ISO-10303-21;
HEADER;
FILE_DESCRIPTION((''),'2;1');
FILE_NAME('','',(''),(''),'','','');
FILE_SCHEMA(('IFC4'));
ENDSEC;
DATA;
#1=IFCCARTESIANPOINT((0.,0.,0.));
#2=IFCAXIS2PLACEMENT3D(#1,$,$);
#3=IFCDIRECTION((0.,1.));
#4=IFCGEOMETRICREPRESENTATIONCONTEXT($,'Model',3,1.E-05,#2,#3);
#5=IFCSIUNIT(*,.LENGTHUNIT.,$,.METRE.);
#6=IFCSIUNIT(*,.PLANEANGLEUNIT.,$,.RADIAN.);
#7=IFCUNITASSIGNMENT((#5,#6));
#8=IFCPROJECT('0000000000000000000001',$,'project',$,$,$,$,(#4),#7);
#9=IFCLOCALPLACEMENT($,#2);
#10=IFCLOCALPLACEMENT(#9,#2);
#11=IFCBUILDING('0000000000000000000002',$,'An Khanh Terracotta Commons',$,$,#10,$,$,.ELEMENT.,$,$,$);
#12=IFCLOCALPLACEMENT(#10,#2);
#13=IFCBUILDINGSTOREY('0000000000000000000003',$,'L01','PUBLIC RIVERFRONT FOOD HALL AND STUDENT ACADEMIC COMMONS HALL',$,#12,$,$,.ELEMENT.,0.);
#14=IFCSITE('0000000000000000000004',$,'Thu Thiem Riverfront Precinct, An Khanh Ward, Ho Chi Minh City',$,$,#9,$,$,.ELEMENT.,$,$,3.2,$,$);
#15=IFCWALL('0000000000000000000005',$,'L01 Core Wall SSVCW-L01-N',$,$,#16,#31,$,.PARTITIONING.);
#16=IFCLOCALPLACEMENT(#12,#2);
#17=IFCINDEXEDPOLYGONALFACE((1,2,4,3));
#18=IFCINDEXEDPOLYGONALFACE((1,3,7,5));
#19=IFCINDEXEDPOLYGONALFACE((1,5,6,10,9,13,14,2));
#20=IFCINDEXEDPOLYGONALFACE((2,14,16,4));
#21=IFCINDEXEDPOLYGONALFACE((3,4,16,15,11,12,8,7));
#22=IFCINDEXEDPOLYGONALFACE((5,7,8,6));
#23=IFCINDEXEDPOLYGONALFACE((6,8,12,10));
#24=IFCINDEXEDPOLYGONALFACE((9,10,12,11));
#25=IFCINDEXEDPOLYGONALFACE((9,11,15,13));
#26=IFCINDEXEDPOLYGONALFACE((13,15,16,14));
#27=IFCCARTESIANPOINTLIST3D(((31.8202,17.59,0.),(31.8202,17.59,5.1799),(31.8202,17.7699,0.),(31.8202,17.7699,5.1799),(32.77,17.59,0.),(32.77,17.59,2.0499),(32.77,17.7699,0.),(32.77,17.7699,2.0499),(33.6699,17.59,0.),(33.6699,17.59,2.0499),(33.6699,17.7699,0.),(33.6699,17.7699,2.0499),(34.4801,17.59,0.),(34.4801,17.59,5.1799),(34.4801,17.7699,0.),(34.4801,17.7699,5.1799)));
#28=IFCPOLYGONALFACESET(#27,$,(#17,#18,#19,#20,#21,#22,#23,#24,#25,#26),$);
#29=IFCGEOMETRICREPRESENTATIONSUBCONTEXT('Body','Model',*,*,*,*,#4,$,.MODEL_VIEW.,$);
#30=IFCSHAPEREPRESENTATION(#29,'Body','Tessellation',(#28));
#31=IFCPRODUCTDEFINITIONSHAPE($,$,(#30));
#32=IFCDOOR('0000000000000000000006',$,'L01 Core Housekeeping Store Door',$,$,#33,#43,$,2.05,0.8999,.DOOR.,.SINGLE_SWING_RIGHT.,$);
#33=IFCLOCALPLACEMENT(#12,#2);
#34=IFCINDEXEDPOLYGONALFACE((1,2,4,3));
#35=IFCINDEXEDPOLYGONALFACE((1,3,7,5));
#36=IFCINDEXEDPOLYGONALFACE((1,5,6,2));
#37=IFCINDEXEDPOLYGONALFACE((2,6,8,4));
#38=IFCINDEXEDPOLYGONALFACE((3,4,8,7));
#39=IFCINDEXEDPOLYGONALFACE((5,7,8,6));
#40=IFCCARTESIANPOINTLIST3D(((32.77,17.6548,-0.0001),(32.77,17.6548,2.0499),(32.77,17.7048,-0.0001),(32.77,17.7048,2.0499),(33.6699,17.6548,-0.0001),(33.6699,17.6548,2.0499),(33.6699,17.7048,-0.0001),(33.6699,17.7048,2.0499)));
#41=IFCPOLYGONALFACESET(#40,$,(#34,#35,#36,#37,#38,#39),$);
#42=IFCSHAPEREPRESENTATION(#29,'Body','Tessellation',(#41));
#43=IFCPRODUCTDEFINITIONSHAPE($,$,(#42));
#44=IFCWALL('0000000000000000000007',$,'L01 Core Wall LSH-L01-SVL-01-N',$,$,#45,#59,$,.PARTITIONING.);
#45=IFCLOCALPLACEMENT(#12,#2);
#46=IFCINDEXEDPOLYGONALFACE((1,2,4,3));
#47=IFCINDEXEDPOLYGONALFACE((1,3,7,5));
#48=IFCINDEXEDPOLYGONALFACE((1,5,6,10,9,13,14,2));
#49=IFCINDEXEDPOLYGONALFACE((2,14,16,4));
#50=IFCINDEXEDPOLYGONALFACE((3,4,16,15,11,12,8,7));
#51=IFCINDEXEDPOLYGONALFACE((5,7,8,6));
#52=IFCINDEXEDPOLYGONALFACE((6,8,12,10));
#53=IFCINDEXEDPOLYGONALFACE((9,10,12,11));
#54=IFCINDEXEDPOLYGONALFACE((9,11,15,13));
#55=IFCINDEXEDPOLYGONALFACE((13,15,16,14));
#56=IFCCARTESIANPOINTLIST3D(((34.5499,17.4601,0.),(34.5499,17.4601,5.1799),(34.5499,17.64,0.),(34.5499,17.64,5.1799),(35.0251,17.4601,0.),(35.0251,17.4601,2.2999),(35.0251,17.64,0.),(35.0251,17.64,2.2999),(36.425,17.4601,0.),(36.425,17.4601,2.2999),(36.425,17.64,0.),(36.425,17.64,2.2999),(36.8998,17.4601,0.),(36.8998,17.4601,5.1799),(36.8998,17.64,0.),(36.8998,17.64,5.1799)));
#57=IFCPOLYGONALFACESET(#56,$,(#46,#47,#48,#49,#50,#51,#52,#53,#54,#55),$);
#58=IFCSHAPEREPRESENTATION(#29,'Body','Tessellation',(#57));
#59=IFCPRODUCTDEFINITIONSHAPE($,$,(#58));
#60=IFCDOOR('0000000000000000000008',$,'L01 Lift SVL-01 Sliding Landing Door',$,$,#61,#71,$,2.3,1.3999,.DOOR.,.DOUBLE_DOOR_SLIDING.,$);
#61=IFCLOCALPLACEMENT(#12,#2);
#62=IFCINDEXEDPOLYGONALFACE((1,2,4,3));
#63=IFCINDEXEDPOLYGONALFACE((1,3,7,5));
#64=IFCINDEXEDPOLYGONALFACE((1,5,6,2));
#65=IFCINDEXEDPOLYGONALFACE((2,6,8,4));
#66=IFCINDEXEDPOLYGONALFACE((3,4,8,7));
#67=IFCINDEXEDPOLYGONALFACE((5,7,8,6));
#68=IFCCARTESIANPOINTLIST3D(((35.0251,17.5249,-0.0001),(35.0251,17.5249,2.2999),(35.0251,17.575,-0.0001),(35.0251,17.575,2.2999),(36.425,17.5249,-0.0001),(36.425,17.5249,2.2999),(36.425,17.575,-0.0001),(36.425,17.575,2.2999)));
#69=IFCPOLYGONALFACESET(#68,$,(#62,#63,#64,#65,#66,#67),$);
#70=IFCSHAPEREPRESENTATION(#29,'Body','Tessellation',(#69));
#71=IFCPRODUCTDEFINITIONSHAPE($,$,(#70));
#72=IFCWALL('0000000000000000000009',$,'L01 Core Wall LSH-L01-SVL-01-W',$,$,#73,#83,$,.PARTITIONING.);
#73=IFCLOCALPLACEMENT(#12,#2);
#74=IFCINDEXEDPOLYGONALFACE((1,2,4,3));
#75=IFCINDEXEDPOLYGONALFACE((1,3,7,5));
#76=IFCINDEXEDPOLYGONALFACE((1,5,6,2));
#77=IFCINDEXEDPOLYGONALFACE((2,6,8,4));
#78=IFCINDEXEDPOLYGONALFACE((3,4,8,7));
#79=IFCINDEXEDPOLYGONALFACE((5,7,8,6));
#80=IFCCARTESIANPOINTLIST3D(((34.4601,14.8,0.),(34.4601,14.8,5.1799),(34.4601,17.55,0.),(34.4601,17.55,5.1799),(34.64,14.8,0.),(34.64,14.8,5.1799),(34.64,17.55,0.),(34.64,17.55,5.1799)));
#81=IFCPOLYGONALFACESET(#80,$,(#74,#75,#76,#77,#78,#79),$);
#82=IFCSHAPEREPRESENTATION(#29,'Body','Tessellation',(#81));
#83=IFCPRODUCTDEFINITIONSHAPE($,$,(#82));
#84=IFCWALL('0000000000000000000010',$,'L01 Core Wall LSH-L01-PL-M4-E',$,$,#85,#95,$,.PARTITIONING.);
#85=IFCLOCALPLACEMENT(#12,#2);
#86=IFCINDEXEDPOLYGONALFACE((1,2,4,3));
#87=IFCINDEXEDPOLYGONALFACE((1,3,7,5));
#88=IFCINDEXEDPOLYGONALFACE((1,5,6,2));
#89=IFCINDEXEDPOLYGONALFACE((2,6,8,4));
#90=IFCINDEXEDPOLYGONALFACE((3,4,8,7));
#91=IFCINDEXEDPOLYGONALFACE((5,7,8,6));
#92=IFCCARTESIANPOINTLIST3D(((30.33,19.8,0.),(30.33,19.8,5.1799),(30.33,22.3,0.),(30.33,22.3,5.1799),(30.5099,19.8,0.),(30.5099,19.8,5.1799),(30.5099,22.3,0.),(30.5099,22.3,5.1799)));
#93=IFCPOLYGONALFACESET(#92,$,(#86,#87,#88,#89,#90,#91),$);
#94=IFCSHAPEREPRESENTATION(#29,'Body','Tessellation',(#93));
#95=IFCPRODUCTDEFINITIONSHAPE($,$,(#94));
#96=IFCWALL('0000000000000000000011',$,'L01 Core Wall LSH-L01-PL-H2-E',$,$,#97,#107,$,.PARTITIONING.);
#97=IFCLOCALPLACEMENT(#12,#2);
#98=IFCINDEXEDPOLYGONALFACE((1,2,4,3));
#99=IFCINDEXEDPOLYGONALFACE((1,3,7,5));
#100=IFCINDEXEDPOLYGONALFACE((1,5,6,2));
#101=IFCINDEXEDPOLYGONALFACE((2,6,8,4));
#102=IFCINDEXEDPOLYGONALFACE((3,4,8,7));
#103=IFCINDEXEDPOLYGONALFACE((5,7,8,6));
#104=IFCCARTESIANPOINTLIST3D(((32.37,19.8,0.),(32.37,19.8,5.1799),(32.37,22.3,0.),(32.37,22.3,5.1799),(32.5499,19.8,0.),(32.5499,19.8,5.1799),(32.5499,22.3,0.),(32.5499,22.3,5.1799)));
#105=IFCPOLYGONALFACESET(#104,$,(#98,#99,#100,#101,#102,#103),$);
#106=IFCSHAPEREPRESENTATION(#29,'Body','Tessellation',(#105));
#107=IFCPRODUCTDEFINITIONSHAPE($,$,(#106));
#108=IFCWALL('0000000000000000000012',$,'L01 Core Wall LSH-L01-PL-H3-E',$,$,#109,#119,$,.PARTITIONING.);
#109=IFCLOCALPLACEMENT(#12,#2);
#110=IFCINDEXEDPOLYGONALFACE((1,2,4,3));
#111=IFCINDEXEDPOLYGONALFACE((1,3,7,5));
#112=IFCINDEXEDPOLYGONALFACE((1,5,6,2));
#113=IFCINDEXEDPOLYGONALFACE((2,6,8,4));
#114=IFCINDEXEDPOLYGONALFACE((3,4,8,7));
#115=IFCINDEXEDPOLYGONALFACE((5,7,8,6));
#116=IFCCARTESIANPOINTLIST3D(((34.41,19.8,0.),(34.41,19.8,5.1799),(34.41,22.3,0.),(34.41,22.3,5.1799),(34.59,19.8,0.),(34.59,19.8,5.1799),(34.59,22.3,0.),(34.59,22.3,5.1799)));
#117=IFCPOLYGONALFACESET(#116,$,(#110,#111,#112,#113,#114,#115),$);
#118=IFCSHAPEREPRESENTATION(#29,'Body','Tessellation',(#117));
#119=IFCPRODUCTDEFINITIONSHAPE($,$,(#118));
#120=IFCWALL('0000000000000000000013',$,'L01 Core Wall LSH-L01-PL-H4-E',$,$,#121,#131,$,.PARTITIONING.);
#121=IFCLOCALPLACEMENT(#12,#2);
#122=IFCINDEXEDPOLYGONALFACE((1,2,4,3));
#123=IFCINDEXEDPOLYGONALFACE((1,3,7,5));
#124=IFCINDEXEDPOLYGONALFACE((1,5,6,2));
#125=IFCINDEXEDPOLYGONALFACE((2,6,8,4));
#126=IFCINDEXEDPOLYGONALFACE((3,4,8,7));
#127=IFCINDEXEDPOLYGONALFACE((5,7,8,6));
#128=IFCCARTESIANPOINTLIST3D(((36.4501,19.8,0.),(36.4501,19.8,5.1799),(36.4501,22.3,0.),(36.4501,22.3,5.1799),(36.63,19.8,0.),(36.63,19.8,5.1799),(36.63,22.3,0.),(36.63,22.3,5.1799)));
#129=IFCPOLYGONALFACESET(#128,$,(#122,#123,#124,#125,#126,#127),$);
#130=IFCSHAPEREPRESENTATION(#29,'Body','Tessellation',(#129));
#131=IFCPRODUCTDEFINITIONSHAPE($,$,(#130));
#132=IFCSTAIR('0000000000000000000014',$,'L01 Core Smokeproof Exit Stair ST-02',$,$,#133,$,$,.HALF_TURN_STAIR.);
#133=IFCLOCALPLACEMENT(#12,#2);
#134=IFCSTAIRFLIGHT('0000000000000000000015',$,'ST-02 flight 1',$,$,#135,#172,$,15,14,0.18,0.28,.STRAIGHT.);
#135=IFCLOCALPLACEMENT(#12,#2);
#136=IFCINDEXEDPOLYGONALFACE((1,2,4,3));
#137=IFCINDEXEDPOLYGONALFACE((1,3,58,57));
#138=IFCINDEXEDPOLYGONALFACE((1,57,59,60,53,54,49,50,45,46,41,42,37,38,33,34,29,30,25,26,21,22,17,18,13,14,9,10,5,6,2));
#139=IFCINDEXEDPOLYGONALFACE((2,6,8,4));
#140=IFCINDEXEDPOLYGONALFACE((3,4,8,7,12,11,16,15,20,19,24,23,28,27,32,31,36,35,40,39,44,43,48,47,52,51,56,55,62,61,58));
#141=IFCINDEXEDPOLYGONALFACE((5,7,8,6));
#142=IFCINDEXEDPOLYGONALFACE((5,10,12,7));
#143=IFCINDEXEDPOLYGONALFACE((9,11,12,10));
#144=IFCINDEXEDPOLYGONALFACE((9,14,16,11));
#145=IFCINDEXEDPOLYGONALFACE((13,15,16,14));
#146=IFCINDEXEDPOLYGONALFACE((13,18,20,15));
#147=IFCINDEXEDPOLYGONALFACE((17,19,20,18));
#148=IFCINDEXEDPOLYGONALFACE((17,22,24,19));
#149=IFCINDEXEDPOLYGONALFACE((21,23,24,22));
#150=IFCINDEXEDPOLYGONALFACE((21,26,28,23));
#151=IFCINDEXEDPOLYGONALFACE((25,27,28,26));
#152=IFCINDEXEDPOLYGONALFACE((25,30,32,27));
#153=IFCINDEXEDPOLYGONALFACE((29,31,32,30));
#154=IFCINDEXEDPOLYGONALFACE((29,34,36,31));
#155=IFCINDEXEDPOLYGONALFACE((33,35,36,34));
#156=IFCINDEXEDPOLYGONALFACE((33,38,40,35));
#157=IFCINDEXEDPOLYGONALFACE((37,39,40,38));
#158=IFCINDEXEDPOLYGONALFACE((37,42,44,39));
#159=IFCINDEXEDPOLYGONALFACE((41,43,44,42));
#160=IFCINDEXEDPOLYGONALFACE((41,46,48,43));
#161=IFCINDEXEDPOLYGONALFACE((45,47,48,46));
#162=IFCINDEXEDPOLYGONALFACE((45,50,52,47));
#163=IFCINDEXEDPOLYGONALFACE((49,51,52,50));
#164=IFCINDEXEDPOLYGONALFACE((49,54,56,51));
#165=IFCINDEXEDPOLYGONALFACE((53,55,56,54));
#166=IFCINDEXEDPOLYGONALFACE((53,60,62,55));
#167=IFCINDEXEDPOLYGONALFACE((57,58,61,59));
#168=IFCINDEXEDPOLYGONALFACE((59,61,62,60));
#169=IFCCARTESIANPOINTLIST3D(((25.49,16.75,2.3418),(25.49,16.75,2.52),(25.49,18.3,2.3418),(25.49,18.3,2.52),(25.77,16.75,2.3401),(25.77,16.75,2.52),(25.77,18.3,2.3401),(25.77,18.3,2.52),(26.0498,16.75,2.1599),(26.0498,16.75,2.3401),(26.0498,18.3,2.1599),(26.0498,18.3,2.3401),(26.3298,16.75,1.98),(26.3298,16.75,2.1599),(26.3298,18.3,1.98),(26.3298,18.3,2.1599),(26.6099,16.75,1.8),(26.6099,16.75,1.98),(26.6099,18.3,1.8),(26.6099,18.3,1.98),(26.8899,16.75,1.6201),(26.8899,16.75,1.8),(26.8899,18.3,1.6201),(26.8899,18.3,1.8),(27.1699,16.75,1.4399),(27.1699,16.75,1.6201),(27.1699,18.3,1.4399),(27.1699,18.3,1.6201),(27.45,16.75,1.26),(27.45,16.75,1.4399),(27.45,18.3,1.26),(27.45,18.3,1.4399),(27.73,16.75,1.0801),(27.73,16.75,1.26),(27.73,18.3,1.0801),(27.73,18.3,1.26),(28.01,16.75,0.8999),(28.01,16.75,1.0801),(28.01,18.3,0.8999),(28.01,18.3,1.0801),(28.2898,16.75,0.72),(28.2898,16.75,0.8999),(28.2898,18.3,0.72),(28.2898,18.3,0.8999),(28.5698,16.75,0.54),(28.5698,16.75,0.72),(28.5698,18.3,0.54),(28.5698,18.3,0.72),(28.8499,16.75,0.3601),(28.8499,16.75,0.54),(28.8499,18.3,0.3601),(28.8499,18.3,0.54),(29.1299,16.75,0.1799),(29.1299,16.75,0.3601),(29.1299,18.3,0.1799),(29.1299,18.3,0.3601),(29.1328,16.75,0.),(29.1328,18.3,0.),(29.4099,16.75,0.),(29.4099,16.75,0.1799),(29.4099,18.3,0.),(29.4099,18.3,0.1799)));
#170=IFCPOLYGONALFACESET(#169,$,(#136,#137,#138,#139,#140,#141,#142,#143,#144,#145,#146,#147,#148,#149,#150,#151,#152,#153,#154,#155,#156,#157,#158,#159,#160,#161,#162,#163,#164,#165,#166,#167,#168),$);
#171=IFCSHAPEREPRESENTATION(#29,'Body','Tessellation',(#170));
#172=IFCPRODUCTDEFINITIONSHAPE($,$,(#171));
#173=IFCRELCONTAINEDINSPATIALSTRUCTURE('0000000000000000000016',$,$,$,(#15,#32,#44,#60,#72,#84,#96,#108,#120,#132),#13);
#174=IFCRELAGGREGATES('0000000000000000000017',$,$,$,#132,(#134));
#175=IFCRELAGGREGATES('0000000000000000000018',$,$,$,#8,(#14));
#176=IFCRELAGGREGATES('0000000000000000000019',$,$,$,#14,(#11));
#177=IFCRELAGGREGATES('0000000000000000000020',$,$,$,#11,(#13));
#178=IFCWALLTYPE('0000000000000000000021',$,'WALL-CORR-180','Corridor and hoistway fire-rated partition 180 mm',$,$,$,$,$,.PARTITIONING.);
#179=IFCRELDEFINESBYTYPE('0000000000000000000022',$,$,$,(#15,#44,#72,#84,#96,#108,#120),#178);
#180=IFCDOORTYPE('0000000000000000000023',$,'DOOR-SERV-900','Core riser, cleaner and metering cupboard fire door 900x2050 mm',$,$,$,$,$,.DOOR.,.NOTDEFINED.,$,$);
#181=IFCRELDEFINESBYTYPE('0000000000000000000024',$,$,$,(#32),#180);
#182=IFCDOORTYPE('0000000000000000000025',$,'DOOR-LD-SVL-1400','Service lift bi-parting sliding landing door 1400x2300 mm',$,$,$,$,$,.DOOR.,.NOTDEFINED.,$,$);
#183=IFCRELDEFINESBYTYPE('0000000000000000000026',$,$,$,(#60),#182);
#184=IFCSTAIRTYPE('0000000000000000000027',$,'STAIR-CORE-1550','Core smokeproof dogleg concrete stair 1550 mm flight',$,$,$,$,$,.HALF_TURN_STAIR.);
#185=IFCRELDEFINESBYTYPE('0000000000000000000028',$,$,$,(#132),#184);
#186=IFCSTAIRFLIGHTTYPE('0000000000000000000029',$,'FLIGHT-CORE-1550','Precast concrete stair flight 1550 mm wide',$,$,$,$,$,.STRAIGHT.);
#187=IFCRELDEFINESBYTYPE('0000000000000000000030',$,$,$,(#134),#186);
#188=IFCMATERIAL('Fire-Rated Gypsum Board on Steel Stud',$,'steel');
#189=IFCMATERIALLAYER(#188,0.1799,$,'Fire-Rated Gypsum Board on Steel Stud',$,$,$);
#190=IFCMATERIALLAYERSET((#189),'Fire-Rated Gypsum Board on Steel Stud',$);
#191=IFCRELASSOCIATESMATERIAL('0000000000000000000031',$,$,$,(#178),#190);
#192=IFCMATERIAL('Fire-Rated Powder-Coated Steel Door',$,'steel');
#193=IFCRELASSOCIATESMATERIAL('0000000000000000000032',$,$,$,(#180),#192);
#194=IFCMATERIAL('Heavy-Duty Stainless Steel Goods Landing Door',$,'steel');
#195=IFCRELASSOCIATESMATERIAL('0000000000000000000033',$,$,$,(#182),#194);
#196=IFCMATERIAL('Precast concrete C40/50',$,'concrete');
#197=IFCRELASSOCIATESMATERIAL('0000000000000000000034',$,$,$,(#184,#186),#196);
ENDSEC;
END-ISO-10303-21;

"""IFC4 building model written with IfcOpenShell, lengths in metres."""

from ifc_helpers import new_model, si_unit, direction, frame, frame_2d, origin, place, context, subcontext, project, spatial, polyline, rectangle, outline, extrude, material, layer, layer_set, type_object, element, fill, aggregate, save


model = new_model("IFC4")

# Units and contexts
model_context = context("Model", 3, precision=1e-05, world=origin(), true_north=direction((0.0, 1.0)))
body_context = subcontext(model_context, "Body", "Model", "MODEL_VIEW")
ifc_project = project(units=[si_unit("LENGTHUNIT", "METRE"), si_unit("PLANEANGLEUNIT", "RADIAN")], contexts=[model_context])

# Site, building, storey
site_placement = place(None, origin())
site = spatial("IfcSite", under=ifc_project, at=site_placement, Name="Thu Thiem Riverfront Precinct, An Khanh Ward, Ho Chi Minh City", CompositionType="ELEMENT", RefElevation=3.2)
building_placement = place(site_placement, origin())
building = spatial("IfcBuilding", under=site, at=building_placement, Name="An Khanh Terracotta Commons", CompositionType="ELEMENT")
storey_placement = place(building_placement, origin())
storey = spatial("IfcBuildingStorey", under=building, at=storey_placement, Name="L01", Description="PUBLIC RIVERFRONT FOOD HALL AND STUDENT ACADEMIC COMMONS HALL", CompositionType="ELEMENT", Elevation=0.0)

# Walls, openings, doors
ifc_material_1 = material(Name="Fire-Rated Gypsum Board on Steel Stud", Category="steel")
ifc_layer = layer(ifc_material_1, 0.1799, Name="Fire-Rated Gypsum Board on Steel Stud")
ifc_layer_set = layer_set([ifc_layer], Name="Fire-Rated Gypsum Board on Steel Stud")
wall_type = type_object("IfcWallType", Name="WALL-CORR-180", Description="Corridor and hoistway fire-rated partition 180 mm", PredefinedType="PARTITIONING", material=ifc_layer_set)
wall_1_placement = place(storey_placement, frame((31.8201, 17.6799, 0.0), z_axis=(0.0, 0.0, 1.0), x_axis=(1.0, 0.0, 0.0)))
wall_1 = element("IfcWall", 1, at=wall_1_placement, inside=storey, type_object=wall_type, Name="L01 Core Wall SSVCW-L01-N", PredefinedType="PARTITIONING", context=body_context, shape_type="SweptSolid", body=[
    extrude(rectangle(XDim=2.6599, YDim=0.1799, at=frame_2d((1.3301, 0.0))), origin(), (0.0, 0.0, 1.0), 5.1799),
])
opening_1_placement = place(wall_1_placement, frame((0.95, 0.0, 0.0)))
opening_1 = element("IfcOpeningElement", 2, at=opening_1_placement, cuts=wall_1, PredefinedType="OPENING", context=body_context, shape_type="SweptSolid", body=[
    extrude(rectangle(XDim=0.8999, YDim=2.05, at=frame_2d((0.45, 1.0249))), frame((0.0, 0.0999, 0.0), z_axis=(0.0, -1.0, 0.0), x_axis=(1.0, 0.0, 0.0)), (0.0, 0.0, 1.0), 0.2),
])
ifc_material_2 = material(Name="Fire-Rated Powder-Coated Steel Door", Category="steel")
door_type_1 = type_object("IfcDoorType", Name="DOOR-SERV-900", Description="Core riser, cleaner and metering cupboard fire door 900x2050 mm", OperationType="NOTDEFINED", PredefinedType="DOOR", material=ifc_material_2)
door_1_placement = place(opening_1_placement, origin())
door_1 = element("IfcDoor", 3, at=door_1_placement, inside=storey, type_object=door_type_1, Name="L01 Core Housekeeping Store Door", OperationType="SINGLE_SWING_RIGHT", OverallHeight=2.05, OverallWidth=0.8999, PredefinedType="DOOR", context=body_context, shape_type="SweptSolid", body=[
    extrude(rectangle(XDim=0.8999, YDim=2.05, at=frame_2d((0.45, 1.0249))), frame((0.0, 0.0249, 0.0), z_axis=(0.0, -1.0, 0.0), x_axis=(1.0, 0.0, 0.0)), (0.0, 0.0, 1.0), 0.05),
])
fill(opening_1, door_1)
wall_2_placement = place(storey_placement, frame((34.55, 17.55, 0.0), z_axis=(0.0, 0.0, 1.0), x_axis=(1.0, 0.0, 0.0)))
wall_2 = element("IfcWall", 4, at=wall_2_placement, inside=storey, type_object=wall_type, Name="L01 Core Wall LSH-L01-SVL-01-N", PredefinedType="PARTITIONING", context=body_context, shape_type="SweptSolid", body=[
    extrude(rectangle(XDim=2.3499, YDim=0.1799, at=frame_2d((1.1748, 0.0))), origin(), (0.0, 0.0, 1.0), 5.1799),
])
opening_2_placement = place(wall_2_placement, frame((0.4751, 0.0, 0.0)))
opening_2 = element("IfcOpeningElement", 5, at=opening_2_placement, cuts=wall_2, PredefinedType="OPENING", context=body_context, shape_type="SweptSolid", body=[
    extrude(rectangle(XDim=1.3999, YDim=2.3, at=frame_2d((0.7, 1.1499))), frame((0.0, 0.0999, 0.0), z_axis=(0.0, -1.0, 0.0), x_axis=(1.0, 0.0, 0.0)), (0.0, 0.0, 1.0), 0.2),
])
ifc_material_3 = material(Name="Heavy-Duty Stainless Steel Goods Landing Door", Category="steel")
door_type_2 = type_object("IfcDoorType", Name="DOOR-LD-SVL-1400", Description="Service lift bi-parting sliding landing door 1400x2300 mm", OperationType="NOTDEFINED", PredefinedType="DOOR", material=ifc_material_3)
door_2_placement = place(opening_2_placement, origin())
door_2 = element("IfcDoor", 6, at=door_2_placement, inside=storey, type_object=door_type_2, Name="L01 Lift SVL-01 Sliding Landing Door", OperationType="DOUBLE_DOOR_SLIDING", OverallHeight=2.3, OverallWidth=1.3999, PredefinedType="DOOR", context=body_context, shape_type="SweptSolid", body=[
    extrude(rectangle(XDim=1.3999, YDim=2.3, at=frame_2d((0.7, 1.1499))), frame((0.0, 0.0249, 0.0), z_axis=(0.0, -1.0, 0.0), x_axis=(1.0, 0.0, 0.0)), (0.0, 0.0, 1.0), 0.05),
])
fill(opening_2, door_2)

# Walls
wall_3_placement = place(storey_placement, frame((34.55, 17.55, 0.0), z_axis=(0.0, 0.0, 1.0), x_axis=(0.0, -1.0, 0.0)))
element("IfcWall", 7, at=wall_3_placement, inside=storey, type_object=wall_type, Name="L01 Core Wall LSH-L01-SVL-01-W", PredefinedType="PARTITIONING", context=body_context, shape_type="SweptSolid", body=[
    extrude(rectangle(XDim=2.75, YDim=0.1799, at=frame_2d((1.375, 0.0))), origin(), (0.0, 0.0, 1.0), 5.1799),
])
for number, where, z_axis, x_axis, name in (
    (8, (30.4199, 19.8, 0.0), (0.0, 0.0, 1.0), (0.0, 1.0, 0.0), "L01 Core Wall LSH-L01-PL-M4-E"),
    (9, (32.46, 19.8, 0.0), (0.0, 0.0, 1.0), (0.0, 1.0, 0.0), "L01 Core Wall LSH-L01-PL-H2-E"),
    (10, (34.5, 19.8, 0.0), (0.0, 0.0, 1.0), (0.0, 1.0, 0.0), "L01 Core Wall LSH-L01-PL-H3-E"),
    (11, (36.54, 19.8, 0.0), (0.0, 0.0, 1.0), (0.0, 1.0, 0.0), "L01 Core Wall LSH-L01-PL-H4-E"),
):
    element("IfcWall", number, at=place(storey_placement, frame(where, z_axis=z_axis, x_axis=x_axis)), inside=storey, type_object=wall_type, Name=name, PredefinedType="PARTITIONING", context=body_context, shape_type="SweptSolid", body=[
        extrude(rectangle(XDim=2.5, YDim=0.1799, at=frame_2d((1.25, 0.0))), origin(), (0.0, 0.0, 1.0), 5.1799),
    ])

# Stair, stair flight
ifc_material_4 = material(Name="Precast concrete C40/50", Category="concrete")
stair_type = type_object("IfcStairType", Name="STAIR-CORE-1550", Description="Core smokeproof dogleg concrete stair 1550 mm flight", PredefinedType="HALF_TURN_STAIR", material=ifc_material_4)
stair_placement = place(storey_placement, origin())
stair = element("IfcStair", 12, at=stair_placement, inside=storey, type_object=stair_type, Name="L01 Core Smokeproof Exit Stair ST-02", PredefinedType="HALF_TURN_STAIR")
stair_flight_type = type_object("IfcStairFlightType", Name="FLIGHT-CORE-1550", Description="Precast concrete stair flight 1550 mm wide", PredefinedType="STRAIGHT", material=ifc_material_4)
stair_flight_placement = place(storey_placement, frame((29.4099, 17.5249, 0.0), z_axis=(0.0, 0.0, 1.0), x_axis=(-1.0, 0.0, 0.0)))
stair_flight = element("IfcStairFlight", 13, at=stair_flight_placement, type_object=stair_flight_type, Name="ST-02 flight 1", NumberOfRisers=15, NumberOfTreads=14, PredefinedType="STRAIGHT", RiserHeight=0.18, TreadLength=0.28, context=body_context, shape_type="SweptSolid", body=[
    extrude(outline(polyline([(0.0, 0.0), (0.0, 0.1799), (0.28, 0.1799), (0.28, 0.3601), (0.5601, 0.3601), (0.5601, 0.54), (0.8401, 0.54), (0.8401, 0.72), (1.1201, 0.72), (1.1201, 0.8999), (1.3999, 0.8999), (1.3999, 1.0801), (1.6799, 1.0801), (1.6799, 1.26), (1.96, 1.26), (1.96, 1.4399), (2.24, 1.4399), (2.24, 1.6201), (2.52, 1.6201), (2.52, 1.8), (2.8, 1.8), (2.8, 1.98), (3.0801, 1.98), (3.0801, 2.1599), (3.3601, 2.1599), (3.3601, 2.3401), (3.6399, 2.3401), (3.6399, 2.52), (3.9199, 2.52), (3.9199, 2.7), (3.9199, 2.3418), (0.2771, 0.0), (0.0, 0.0)])), frame((0.0, 0.7749, 0.0), z_axis=(0.0, -1.0, 0.0), x_axis=(1.0, 0.0, 0.0)), (0.0, 0.0, 1.0), 1.55),
])
aggregate(stair, [stair_flight])

save(model, "model.ifc")
